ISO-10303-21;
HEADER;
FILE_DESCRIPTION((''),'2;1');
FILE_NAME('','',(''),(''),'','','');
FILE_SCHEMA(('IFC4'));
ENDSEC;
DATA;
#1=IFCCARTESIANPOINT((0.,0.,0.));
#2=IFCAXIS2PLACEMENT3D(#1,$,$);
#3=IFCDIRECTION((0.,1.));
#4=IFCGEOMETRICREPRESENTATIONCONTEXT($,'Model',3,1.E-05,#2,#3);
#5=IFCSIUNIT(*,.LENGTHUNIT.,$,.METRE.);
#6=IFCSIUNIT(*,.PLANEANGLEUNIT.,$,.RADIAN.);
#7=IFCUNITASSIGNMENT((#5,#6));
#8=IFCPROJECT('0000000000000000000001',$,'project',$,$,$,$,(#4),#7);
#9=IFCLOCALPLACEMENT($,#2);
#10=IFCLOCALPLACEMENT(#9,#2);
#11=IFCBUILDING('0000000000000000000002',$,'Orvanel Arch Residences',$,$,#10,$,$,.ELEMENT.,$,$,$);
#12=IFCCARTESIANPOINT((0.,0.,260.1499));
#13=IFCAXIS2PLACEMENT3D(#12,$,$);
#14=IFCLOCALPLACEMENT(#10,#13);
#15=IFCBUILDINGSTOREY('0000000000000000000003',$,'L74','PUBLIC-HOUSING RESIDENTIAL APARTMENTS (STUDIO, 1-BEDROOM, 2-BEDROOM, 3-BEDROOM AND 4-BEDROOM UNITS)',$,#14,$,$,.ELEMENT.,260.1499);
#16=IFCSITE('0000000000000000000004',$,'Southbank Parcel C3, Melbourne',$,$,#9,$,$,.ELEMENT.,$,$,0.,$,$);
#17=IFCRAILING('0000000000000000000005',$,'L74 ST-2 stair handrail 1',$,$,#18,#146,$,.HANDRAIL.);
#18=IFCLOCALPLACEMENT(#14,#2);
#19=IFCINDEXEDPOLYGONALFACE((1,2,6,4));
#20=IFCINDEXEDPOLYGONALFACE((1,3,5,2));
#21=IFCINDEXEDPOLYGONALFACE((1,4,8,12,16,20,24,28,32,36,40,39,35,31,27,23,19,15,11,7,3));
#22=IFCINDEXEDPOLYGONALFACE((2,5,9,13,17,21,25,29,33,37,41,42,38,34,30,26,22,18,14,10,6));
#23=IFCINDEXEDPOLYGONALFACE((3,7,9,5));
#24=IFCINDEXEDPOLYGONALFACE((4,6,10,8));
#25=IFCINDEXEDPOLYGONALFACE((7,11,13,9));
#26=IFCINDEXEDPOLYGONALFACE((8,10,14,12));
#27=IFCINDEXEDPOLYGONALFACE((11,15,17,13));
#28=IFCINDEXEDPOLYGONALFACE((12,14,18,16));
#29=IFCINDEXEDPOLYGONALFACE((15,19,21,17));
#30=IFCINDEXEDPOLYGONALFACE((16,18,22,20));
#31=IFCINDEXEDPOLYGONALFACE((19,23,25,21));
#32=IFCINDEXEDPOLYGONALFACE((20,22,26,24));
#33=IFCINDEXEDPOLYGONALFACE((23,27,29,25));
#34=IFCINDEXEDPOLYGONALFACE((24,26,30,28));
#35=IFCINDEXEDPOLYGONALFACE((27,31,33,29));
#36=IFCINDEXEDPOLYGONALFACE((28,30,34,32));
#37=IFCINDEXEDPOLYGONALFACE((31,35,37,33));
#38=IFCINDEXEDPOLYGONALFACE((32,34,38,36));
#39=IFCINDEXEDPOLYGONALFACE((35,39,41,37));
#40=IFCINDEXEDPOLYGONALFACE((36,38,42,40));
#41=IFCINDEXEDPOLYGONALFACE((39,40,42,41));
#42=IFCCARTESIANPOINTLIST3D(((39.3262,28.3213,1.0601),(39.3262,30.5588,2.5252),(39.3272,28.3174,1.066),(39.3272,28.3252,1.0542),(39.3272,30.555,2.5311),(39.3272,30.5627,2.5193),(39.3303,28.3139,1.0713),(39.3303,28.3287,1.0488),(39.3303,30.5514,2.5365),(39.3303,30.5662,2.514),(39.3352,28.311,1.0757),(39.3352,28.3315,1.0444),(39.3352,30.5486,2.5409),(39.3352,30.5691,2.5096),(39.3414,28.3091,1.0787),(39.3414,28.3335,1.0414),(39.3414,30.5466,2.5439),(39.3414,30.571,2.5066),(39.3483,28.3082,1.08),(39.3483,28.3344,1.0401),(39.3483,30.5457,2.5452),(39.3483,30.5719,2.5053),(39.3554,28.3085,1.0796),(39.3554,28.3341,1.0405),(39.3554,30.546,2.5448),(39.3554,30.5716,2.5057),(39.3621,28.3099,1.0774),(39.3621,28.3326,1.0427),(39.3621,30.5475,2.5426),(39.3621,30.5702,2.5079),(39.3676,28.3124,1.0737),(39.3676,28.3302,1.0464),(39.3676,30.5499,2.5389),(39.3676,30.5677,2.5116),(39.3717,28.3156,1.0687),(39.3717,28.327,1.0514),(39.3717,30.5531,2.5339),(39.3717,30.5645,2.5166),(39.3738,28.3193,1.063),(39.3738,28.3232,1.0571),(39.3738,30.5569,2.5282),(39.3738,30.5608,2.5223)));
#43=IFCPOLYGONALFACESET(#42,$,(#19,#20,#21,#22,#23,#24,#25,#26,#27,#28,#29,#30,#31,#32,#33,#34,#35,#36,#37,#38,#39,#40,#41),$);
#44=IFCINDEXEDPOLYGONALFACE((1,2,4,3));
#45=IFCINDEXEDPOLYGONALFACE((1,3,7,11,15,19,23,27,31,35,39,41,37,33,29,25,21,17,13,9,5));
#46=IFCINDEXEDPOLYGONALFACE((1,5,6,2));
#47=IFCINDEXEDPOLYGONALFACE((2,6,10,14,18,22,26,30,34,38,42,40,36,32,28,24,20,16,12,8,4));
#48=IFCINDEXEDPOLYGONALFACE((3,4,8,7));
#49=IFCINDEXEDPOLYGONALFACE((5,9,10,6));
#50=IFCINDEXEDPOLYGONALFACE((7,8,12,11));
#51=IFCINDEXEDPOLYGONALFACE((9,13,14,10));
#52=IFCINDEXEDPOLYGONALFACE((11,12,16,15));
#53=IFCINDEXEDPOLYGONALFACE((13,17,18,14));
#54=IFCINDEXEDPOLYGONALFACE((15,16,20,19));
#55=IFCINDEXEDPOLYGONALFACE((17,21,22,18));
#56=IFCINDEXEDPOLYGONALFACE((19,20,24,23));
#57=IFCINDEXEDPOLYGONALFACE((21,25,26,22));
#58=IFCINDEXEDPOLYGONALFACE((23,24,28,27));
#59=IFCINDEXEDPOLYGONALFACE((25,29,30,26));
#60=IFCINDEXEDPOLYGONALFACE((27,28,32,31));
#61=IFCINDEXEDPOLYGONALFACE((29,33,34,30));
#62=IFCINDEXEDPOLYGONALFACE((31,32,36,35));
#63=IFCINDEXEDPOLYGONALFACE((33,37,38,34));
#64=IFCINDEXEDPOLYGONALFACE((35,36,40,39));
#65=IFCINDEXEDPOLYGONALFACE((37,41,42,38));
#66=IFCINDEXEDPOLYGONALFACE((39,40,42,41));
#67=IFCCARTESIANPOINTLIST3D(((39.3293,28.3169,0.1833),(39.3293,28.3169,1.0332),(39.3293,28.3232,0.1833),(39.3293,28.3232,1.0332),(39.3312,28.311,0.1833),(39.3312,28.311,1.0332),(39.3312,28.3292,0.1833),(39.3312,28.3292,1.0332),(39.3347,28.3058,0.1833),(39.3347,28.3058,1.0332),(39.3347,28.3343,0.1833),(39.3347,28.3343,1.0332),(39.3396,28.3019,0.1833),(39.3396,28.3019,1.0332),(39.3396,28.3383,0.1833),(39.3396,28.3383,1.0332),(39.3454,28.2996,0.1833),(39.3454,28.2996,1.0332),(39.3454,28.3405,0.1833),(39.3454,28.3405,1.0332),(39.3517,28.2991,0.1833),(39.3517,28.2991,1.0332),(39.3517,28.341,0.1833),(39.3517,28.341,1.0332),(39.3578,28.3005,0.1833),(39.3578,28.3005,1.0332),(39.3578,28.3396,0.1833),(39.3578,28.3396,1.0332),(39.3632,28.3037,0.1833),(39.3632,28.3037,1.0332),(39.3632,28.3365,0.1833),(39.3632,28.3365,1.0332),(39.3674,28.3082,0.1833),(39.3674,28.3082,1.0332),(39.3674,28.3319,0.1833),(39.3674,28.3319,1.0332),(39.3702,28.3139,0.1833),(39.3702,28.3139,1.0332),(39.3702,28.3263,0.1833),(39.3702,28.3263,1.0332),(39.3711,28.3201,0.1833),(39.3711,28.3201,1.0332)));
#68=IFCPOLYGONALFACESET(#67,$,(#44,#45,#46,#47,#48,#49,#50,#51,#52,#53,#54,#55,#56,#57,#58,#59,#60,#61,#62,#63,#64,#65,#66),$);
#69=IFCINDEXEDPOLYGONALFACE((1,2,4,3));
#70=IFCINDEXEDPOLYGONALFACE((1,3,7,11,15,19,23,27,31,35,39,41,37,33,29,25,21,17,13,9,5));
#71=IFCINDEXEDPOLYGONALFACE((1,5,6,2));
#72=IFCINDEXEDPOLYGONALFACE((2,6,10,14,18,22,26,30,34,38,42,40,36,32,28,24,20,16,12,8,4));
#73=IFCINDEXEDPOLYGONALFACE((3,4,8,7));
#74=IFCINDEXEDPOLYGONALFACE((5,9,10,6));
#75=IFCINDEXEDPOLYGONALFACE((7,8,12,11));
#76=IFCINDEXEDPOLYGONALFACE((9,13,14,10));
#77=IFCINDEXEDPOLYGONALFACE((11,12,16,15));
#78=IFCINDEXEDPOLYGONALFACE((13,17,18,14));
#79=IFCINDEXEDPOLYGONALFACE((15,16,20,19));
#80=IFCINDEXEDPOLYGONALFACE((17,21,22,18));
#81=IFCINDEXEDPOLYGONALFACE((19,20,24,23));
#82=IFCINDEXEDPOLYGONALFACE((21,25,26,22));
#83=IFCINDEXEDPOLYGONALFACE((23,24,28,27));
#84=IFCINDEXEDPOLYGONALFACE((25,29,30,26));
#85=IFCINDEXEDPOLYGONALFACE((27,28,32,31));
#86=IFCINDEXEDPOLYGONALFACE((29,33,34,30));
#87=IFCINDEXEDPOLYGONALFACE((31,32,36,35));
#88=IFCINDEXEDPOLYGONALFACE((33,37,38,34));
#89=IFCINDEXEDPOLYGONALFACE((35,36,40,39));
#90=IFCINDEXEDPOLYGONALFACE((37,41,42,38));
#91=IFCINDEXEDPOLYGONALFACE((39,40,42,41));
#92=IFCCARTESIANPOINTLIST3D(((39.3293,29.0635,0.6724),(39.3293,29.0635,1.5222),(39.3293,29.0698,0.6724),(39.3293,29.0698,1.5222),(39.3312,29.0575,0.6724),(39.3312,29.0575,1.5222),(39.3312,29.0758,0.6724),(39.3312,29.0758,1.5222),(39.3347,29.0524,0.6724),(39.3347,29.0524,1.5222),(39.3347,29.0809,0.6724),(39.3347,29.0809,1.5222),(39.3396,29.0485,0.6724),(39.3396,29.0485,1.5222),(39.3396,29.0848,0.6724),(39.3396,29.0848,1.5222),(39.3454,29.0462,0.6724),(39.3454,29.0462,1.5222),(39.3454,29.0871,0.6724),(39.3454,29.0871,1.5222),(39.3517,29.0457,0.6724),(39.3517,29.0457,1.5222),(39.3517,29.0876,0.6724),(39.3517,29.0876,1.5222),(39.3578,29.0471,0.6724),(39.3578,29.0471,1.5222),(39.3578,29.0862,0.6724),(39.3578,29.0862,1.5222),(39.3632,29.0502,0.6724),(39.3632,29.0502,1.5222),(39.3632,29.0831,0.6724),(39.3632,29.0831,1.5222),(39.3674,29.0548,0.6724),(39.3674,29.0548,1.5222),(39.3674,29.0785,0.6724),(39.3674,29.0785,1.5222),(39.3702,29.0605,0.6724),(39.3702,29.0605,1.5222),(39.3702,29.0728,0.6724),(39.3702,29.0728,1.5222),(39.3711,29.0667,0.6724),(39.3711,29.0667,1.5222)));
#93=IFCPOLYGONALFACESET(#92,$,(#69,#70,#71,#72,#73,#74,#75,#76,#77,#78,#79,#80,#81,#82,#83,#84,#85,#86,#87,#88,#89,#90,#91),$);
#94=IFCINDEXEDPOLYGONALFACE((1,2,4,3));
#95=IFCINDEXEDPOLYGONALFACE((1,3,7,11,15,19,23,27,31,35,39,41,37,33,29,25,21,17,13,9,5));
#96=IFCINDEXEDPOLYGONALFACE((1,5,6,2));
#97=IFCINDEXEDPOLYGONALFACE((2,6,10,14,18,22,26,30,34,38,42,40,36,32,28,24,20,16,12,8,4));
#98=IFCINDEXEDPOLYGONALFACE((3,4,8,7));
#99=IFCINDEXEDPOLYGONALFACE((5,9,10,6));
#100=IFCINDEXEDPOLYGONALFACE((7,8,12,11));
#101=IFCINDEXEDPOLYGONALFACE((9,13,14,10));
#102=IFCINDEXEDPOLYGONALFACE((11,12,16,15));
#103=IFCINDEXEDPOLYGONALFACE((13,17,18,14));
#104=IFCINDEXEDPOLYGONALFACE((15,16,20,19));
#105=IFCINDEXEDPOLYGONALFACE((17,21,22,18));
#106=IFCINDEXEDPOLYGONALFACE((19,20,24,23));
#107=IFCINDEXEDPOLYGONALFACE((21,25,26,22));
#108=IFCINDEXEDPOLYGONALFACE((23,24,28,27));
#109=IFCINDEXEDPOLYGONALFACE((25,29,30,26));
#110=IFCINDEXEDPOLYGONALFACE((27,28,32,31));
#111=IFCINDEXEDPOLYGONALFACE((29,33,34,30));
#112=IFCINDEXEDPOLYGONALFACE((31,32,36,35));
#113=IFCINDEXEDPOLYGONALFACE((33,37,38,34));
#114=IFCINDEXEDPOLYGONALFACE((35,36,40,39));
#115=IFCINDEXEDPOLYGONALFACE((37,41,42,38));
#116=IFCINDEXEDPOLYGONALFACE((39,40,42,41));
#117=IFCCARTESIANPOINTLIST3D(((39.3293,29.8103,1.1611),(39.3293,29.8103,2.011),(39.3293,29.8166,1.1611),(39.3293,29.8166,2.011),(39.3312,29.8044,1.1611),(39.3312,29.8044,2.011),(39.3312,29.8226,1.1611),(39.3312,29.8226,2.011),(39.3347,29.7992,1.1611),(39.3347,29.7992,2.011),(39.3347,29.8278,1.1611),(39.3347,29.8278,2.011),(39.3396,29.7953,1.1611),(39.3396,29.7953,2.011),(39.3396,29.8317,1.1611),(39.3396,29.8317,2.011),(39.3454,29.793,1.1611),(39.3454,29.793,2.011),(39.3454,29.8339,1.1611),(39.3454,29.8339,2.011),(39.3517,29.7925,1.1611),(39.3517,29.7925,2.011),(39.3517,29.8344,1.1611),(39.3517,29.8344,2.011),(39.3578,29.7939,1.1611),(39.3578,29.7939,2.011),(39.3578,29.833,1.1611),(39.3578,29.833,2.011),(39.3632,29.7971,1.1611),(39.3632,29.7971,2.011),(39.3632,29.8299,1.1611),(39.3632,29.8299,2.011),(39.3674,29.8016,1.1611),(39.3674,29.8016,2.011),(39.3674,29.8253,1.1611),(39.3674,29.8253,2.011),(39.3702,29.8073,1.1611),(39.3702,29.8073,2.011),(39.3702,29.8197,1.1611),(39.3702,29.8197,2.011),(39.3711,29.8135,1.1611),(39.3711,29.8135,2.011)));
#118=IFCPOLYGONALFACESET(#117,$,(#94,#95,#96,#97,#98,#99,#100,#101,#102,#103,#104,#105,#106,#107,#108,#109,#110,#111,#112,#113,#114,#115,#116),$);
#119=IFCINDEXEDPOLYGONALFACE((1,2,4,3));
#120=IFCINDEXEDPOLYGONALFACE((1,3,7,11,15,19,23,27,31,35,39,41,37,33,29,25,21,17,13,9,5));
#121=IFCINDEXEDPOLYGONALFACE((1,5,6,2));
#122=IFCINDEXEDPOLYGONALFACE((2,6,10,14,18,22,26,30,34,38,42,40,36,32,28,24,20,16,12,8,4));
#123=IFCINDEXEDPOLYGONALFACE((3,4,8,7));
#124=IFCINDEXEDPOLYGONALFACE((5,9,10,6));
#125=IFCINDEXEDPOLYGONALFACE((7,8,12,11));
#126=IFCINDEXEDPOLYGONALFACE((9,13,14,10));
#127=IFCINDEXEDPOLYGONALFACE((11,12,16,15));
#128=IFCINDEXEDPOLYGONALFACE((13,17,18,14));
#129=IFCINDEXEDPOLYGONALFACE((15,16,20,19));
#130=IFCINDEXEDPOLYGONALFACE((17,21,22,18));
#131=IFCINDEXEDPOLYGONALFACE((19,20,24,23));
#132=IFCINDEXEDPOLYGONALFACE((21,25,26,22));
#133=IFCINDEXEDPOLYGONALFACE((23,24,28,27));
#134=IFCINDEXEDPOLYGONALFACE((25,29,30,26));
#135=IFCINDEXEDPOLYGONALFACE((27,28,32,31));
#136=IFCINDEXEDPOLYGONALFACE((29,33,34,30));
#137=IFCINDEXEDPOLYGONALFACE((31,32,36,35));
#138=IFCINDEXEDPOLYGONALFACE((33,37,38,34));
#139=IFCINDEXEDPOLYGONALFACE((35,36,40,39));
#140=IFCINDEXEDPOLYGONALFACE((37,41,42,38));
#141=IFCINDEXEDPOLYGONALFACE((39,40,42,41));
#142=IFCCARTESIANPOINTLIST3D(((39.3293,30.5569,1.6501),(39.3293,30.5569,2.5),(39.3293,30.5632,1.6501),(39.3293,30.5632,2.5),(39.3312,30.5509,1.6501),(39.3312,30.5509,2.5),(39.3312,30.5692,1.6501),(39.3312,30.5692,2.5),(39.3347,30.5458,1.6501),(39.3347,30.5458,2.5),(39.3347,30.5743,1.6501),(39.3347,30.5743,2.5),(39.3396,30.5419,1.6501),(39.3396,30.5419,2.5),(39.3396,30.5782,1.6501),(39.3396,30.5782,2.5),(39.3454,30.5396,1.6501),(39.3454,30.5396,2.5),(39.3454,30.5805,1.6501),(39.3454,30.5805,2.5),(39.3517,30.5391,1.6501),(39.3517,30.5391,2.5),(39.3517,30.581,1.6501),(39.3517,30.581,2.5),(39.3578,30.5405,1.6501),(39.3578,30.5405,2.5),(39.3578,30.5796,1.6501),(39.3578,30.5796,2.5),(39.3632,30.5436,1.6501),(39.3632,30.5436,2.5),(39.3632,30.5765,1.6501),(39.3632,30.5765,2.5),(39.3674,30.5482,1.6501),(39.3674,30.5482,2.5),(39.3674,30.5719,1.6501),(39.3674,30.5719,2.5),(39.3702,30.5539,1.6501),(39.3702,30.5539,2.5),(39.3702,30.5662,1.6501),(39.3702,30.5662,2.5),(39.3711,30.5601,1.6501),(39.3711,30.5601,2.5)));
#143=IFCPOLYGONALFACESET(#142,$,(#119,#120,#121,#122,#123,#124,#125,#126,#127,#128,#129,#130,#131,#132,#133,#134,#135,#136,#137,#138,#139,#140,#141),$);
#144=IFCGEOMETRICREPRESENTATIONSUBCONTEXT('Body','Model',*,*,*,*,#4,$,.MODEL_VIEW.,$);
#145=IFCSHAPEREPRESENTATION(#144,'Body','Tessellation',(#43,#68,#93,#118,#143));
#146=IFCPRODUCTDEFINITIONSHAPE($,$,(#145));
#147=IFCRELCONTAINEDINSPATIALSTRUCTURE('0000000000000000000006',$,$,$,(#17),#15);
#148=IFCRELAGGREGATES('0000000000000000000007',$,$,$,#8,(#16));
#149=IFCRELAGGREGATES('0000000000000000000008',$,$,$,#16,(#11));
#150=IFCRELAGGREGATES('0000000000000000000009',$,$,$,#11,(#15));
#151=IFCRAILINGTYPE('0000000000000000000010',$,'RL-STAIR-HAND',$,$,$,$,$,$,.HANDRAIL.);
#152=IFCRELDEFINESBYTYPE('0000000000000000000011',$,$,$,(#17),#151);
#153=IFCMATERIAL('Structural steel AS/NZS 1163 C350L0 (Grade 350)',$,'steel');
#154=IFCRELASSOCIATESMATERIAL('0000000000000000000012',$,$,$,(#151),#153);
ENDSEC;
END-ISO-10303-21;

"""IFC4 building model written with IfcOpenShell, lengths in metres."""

from ifc_helpers import new_model, si_unit, direction, frame, origin, origin_2d, place, context, subcontext, project, spatial, circle, extrude, material, type_object, element, save


model = new_model("IFC4")

# Units and contexts
model_context = context("Model", 3, precision=1e-05, world=origin(), true_north=direction((0.0, 1.0)))
body_context = subcontext(model_context, "Body", "Model", "MODEL_VIEW")
ifc_project = project(units=[si_unit("LENGTHUNIT", "METRE"), si_unit("PLANEANGLEUNIT", "RADIAN")], contexts=[model_context])

# Site, building, storey
site_placement = place(None, origin())
site = spatial("IfcSite", under=ifc_project, at=site_placement, Name="Southbank Parcel C3, Melbourne", CompositionType="ELEMENT", RefElevation=0.0)
building_placement = place(site_placement, origin())
building = spatial("IfcBuilding", under=site, at=building_placement, Name="Orvanel Arch Residences", CompositionType="ELEMENT")
storey_placement = place(building_placement, frame((0.0, 0.0, 260.1499)))
storey = spatial("IfcBuildingStorey", under=building, at=storey_placement, Name="L74", Description="PUBLIC-HOUSING RESIDENTIAL APARTMENTS (STUDIO, 1-BEDROOM, 2-BEDROOM, 3-BEDROOM AND 4-BEDROOM UNITS)", CompositionType="ELEMENT", Elevation=260.1499)

# Railing
ifc_material_1 = material(Name="Structural steel AS/NZS 1163 C350L0 (Grade 350)", Category="steel")
railing_type_1 = type_object("IfcRailingType", Name="RL-STAIR-HAND", PredefinedType="HANDRAIL", material=ifc_material_1)
railing_1_placement = place(storey_placement, frame((39.3501, 28.3201, 0.1833)))
element("IfcRailing", 1, at=railing_1_placement, inside=storey, type_object=railing_type_1, Name="L74 ST-2 stair handrail 1", PredefinedType="HANDRAIL", context=body_context, shape_type="SweptSolid", body=[
    extrude(circle(Radius=0.0239, at=origin_2d()), frame((0.0, 0.0012, 0.8767), z_axis=(0.0, 0.836595, 0.547822), x_axis=(-1.0, 0.0, 0.0)), (0.0, 0.0, 1.0), 2.6746),
    extrude(circle(Radius=0.021, at=origin_2d()), origin(), (0.0, 0.0, 1.0), 0.8499),
    extrude(circle(Radius=0.021, at=origin_2d()), frame((0.0, 0.7466, 0.489)), (0.0, 0.0, 1.0), 0.8499),
    extrude(circle(Radius=0.021, at=origin_2d()), frame((0.0, 1.4934, 0.9778)), (0.0, 0.0, 1.0), 0.8499),
    extrude(circle(Radius=0.021, at=origin_2d()), frame((0.0, 2.24, 1.4668)), (0.0, 0.0, 1.0), 0.8499),
])

save(model, "model.ifc")
